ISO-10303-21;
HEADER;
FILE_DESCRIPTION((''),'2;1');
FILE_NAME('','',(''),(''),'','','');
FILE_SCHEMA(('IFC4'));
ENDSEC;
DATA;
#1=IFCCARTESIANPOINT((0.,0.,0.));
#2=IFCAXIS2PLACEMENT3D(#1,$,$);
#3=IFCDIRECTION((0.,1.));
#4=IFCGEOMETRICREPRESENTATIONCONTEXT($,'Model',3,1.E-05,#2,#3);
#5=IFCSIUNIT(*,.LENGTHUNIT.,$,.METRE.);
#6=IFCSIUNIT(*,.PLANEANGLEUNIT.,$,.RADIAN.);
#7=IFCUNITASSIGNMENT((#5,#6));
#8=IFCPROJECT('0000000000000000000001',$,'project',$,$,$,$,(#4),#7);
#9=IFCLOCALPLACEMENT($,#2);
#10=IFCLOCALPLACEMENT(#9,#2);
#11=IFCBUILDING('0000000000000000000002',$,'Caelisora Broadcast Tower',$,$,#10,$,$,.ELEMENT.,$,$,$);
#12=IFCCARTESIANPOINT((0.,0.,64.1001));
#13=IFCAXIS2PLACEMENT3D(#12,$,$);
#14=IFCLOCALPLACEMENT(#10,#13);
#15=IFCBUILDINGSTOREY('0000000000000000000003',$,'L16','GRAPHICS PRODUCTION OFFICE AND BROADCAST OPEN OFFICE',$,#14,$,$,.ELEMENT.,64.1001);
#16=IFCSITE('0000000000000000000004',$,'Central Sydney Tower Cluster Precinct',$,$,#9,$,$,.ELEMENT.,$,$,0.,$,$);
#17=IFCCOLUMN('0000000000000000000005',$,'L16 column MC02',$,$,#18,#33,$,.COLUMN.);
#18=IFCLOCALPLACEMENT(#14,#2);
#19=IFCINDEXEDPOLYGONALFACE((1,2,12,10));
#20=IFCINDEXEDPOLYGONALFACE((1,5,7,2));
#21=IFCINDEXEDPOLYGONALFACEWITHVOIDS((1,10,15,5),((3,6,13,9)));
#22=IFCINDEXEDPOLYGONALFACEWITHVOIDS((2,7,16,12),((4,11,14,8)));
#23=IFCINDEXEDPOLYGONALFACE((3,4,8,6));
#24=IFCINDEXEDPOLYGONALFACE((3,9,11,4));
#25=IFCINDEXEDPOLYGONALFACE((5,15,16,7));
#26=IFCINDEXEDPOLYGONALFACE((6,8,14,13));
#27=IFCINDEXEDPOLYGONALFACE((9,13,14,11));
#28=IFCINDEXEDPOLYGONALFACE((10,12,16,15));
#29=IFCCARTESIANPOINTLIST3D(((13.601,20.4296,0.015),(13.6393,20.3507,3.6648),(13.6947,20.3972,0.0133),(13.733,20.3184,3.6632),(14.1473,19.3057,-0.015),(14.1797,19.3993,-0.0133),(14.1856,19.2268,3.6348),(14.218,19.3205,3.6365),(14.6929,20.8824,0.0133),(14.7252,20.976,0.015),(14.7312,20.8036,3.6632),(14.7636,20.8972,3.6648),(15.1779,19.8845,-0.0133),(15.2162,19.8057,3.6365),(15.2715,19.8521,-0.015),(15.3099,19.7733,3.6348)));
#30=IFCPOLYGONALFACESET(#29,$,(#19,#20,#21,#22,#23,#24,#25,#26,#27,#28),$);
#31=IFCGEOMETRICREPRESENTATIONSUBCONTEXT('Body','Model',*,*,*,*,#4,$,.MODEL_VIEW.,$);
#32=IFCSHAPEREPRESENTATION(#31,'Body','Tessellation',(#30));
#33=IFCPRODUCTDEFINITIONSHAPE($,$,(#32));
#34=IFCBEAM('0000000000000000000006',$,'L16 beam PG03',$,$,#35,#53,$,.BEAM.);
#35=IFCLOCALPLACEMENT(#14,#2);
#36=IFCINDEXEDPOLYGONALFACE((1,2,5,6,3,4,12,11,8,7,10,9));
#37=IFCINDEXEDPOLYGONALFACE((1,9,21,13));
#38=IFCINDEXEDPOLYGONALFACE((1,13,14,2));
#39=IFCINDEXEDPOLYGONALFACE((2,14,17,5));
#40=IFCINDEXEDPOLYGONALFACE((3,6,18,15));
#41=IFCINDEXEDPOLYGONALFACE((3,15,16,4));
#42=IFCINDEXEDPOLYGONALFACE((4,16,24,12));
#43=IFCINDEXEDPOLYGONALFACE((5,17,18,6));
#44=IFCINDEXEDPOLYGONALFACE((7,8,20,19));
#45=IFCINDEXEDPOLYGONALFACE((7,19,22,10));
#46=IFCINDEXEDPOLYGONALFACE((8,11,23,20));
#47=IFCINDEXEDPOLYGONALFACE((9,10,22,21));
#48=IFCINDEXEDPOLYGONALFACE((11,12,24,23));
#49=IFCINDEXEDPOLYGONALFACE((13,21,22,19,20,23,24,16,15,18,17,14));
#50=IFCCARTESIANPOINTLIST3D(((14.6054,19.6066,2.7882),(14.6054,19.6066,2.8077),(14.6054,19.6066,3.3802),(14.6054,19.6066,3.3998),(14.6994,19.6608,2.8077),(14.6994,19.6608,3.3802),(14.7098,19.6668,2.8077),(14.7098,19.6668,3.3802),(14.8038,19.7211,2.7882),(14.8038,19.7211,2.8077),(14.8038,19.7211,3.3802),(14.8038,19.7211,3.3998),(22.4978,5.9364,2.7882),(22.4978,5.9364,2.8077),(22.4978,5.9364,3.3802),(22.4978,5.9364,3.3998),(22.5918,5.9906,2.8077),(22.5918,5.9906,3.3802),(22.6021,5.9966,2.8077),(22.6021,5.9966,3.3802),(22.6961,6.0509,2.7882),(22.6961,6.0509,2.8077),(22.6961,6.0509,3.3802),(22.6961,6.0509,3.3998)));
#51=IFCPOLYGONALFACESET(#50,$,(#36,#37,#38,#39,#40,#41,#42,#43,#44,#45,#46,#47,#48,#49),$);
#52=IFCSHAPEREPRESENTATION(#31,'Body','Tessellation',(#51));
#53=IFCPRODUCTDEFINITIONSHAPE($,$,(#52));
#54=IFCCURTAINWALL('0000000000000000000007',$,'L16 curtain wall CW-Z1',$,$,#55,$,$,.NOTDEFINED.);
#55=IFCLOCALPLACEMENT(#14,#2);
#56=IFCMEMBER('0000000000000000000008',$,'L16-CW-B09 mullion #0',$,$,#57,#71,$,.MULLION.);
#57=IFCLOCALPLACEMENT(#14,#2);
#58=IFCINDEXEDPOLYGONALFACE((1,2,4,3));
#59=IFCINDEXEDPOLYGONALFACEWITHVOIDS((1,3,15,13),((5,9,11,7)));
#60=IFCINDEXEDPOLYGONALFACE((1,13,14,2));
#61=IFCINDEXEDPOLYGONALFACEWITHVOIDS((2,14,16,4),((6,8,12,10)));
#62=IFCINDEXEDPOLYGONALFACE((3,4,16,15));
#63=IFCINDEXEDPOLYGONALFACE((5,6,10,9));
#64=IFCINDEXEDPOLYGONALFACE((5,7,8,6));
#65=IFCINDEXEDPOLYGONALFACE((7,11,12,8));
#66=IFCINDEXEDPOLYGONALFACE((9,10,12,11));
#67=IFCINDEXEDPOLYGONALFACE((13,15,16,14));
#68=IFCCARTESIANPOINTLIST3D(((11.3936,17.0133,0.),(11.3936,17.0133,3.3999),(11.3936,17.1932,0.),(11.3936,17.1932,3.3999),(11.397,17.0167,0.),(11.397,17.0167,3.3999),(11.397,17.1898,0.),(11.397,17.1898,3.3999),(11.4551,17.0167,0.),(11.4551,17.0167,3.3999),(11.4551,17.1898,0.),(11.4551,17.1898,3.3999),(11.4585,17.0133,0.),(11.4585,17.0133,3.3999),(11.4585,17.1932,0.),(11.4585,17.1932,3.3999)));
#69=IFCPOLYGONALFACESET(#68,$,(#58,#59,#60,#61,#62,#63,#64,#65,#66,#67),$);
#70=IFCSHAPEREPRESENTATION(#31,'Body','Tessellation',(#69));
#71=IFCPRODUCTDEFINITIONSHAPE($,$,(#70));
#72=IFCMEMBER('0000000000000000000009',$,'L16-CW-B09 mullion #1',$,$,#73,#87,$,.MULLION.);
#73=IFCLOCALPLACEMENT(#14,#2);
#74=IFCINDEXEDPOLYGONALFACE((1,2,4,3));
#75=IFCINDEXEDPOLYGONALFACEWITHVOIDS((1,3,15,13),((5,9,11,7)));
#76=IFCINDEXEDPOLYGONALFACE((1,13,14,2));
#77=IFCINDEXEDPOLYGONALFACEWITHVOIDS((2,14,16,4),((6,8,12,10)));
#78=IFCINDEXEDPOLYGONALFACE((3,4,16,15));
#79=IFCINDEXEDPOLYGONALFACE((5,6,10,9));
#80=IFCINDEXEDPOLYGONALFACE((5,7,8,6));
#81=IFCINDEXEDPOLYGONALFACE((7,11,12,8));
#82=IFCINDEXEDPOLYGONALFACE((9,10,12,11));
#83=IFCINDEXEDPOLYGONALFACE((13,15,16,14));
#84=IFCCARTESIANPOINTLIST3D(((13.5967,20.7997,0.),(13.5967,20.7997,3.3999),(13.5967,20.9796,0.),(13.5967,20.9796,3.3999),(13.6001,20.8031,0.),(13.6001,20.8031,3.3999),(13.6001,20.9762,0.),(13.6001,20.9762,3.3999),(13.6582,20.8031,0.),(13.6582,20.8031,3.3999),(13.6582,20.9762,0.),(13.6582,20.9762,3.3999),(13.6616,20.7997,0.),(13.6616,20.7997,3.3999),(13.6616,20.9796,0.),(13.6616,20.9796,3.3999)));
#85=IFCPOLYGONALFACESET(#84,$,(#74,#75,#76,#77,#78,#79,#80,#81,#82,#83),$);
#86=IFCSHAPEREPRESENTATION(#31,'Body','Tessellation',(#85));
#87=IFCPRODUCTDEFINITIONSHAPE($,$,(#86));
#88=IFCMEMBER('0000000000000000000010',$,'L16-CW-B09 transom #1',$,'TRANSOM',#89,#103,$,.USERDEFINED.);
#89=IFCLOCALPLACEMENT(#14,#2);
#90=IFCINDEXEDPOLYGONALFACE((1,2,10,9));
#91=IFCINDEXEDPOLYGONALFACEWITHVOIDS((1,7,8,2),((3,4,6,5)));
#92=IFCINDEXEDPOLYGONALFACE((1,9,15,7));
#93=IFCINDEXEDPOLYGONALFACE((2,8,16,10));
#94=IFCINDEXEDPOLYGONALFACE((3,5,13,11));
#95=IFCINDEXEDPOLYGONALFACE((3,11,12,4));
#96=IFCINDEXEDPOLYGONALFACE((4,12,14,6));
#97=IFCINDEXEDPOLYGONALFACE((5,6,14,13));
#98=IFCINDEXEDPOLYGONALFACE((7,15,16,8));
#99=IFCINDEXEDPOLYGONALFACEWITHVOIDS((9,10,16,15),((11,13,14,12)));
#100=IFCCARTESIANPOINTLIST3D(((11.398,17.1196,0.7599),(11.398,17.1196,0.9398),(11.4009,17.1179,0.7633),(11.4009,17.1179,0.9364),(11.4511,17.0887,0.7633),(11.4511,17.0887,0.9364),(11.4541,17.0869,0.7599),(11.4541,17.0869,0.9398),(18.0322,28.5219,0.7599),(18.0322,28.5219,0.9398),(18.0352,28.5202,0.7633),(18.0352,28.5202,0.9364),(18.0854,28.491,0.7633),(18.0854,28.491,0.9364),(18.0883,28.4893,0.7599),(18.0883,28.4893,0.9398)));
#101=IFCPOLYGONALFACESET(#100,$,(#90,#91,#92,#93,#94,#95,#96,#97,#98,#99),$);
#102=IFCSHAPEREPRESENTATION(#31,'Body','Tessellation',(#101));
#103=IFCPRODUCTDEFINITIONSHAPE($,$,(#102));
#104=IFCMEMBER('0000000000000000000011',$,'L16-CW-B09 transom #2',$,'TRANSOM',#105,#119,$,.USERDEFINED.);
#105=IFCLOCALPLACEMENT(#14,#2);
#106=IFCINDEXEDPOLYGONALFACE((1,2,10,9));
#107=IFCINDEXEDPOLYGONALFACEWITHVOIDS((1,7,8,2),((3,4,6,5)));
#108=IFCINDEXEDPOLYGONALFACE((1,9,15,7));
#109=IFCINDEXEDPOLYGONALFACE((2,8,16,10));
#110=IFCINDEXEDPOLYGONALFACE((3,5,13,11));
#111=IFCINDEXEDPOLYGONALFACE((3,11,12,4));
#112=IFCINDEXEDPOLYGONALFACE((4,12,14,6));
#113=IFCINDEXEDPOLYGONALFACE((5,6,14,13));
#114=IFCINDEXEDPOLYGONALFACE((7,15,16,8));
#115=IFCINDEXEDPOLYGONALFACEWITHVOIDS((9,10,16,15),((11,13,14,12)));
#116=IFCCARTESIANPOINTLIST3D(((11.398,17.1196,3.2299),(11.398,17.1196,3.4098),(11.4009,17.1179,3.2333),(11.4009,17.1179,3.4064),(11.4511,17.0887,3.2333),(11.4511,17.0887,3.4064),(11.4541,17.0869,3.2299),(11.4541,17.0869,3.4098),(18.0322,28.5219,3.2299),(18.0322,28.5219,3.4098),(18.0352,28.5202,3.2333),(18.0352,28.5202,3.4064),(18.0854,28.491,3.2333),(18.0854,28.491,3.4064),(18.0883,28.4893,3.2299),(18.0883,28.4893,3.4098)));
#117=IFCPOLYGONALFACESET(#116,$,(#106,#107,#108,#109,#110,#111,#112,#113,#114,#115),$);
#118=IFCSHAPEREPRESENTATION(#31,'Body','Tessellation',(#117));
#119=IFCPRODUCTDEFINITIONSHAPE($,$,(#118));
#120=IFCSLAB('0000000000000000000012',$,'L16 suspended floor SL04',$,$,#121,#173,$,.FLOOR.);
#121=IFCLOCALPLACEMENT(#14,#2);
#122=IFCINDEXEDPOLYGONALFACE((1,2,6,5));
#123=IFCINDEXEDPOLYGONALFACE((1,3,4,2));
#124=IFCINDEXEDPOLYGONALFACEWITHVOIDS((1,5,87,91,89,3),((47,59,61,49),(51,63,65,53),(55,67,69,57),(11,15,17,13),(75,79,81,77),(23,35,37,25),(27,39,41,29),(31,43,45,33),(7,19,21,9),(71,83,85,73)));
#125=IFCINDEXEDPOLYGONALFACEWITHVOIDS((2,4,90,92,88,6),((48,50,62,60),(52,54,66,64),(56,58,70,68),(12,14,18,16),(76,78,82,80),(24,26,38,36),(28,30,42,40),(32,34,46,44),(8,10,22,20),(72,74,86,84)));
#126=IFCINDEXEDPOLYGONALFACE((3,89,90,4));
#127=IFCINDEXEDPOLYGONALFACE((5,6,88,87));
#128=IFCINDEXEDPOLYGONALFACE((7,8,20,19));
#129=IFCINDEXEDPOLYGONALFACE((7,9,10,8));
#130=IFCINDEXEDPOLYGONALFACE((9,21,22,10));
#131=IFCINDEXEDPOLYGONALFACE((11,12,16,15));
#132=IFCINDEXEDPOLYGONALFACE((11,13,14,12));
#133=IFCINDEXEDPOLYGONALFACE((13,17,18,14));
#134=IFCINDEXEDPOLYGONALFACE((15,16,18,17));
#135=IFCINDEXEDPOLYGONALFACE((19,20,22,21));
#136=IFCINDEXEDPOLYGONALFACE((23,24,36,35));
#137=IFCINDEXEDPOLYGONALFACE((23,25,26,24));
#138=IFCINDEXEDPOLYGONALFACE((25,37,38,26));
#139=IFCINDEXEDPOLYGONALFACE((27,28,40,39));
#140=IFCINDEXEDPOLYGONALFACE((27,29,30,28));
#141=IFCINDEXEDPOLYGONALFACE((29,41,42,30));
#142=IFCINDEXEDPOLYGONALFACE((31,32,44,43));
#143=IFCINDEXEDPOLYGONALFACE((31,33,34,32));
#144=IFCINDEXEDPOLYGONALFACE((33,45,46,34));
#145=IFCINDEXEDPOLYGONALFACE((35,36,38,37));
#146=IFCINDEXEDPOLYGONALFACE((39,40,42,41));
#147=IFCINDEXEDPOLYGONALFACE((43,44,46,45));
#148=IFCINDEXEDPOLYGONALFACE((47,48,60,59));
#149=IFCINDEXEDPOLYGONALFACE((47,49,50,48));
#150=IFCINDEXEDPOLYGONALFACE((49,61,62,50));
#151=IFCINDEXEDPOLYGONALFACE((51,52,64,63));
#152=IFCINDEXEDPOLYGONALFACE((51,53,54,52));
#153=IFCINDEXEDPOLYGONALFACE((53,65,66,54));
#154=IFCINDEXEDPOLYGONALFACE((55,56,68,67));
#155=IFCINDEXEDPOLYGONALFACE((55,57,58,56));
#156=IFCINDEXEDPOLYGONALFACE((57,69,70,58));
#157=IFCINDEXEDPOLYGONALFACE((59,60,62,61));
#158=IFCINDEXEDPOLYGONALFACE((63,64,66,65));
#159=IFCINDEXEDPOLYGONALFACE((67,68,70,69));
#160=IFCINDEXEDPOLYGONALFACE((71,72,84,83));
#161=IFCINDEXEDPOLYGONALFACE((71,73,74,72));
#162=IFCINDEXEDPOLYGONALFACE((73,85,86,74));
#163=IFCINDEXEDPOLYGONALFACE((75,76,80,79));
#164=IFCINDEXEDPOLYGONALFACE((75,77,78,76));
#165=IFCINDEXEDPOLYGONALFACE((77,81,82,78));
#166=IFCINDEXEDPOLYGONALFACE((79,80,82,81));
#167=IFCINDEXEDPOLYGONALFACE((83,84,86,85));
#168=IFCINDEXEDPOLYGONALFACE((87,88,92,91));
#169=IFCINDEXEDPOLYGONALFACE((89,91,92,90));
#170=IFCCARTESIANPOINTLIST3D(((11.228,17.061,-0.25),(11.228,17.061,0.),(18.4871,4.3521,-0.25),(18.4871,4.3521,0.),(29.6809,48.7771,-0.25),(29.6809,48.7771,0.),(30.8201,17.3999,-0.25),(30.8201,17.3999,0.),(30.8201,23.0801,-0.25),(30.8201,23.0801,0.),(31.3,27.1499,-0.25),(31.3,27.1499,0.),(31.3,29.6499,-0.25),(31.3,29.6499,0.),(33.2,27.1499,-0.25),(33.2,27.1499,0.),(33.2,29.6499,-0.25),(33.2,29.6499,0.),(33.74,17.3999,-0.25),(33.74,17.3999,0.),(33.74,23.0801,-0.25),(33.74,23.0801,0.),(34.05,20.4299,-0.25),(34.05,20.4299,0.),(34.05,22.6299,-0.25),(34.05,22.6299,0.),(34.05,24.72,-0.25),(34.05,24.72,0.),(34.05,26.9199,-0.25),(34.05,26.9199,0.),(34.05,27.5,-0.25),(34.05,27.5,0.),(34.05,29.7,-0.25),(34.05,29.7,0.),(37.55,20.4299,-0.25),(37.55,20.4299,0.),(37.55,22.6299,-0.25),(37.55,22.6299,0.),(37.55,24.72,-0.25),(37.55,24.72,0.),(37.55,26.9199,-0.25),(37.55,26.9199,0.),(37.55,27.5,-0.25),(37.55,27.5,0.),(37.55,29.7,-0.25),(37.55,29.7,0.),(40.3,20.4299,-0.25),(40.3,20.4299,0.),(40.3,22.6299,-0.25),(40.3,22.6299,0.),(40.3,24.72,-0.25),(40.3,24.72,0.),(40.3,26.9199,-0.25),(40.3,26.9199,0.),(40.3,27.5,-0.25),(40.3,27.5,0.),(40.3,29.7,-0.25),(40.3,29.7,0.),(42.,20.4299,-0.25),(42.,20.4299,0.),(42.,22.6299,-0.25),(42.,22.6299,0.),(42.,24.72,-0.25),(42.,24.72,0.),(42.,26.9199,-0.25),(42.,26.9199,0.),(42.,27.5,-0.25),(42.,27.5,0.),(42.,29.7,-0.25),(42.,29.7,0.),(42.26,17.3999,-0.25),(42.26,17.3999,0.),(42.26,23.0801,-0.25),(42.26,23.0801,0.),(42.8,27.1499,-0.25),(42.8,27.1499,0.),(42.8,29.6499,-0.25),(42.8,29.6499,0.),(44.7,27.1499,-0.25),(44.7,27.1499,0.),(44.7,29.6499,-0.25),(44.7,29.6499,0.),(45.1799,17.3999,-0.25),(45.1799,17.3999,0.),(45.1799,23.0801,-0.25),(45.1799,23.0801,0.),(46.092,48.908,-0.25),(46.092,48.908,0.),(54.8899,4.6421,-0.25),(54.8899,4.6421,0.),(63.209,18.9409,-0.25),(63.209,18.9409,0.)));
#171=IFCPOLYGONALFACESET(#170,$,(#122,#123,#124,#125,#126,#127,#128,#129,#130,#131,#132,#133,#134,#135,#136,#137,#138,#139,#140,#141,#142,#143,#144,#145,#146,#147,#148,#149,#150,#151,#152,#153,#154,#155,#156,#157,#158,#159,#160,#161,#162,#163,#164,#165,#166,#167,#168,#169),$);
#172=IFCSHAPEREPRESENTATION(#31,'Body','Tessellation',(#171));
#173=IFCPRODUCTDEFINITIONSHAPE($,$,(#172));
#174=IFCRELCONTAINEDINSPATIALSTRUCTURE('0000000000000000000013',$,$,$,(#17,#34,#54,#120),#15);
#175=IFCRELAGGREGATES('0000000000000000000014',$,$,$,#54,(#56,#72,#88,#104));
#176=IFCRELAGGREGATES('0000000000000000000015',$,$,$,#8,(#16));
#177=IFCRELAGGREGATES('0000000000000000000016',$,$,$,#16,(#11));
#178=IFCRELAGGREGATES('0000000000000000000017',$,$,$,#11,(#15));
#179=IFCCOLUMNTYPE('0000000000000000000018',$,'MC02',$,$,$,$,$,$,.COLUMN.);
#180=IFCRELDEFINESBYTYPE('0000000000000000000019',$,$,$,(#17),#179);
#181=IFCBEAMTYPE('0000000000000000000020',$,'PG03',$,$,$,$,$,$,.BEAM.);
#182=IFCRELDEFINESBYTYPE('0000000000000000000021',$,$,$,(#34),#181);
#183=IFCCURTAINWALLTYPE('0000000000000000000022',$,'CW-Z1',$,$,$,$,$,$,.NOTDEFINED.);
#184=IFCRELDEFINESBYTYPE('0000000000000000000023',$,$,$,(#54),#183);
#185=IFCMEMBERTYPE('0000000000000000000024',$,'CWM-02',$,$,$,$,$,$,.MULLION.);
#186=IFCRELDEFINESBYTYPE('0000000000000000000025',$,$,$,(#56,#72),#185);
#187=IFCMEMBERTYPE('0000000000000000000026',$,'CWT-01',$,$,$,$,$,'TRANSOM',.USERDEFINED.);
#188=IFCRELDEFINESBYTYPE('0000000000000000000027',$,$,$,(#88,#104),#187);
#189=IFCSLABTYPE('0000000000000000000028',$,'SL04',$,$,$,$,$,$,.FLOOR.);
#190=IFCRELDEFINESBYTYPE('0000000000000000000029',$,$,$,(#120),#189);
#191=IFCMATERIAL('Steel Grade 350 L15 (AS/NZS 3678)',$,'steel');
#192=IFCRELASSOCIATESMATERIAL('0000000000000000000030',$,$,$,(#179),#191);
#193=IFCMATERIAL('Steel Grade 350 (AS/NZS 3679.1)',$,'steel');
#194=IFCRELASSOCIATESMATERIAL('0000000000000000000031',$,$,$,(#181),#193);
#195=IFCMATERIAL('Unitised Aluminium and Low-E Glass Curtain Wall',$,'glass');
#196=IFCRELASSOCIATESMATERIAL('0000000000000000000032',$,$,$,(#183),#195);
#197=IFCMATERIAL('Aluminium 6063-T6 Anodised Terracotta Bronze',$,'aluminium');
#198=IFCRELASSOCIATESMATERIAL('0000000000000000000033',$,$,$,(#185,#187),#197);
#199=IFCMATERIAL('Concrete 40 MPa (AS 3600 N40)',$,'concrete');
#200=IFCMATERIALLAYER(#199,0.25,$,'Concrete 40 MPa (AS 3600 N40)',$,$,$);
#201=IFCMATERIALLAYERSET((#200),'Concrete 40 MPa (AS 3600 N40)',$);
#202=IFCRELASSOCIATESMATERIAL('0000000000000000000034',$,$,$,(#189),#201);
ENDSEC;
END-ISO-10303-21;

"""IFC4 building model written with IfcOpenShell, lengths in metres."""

from ifc_helpers import new_model, si_unit, direction, frame, origin, origin_2d, place, context, subcontext, project, spatial, polyline, hollow_rectangle, i_section, outline, extrude, source, transform, mapped, material, layer, layer_set, material_profile, profile_set, type_object, type_shapes, element, aggregate, save


model = new_model("IFC4")

# Units and contexts
model_context = context("Model", 3, precision=1e-05, world=origin(), true_north=direction((0.0, 1.0)))
body_context = subcontext(model_context, "Body", "Model", "MODEL_VIEW")
ifc_project = project(units=[si_unit("LENGTHUNIT", "METRE"), si_unit("PLANEANGLEUNIT", "RADIAN")], contexts=[model_context])

# Site, building, storey
site_placement = place(None, origin())
site = spatial("IfcSite", under=ifc_project, at=site_placement, Name="Central Sydney Tower Cluster Precinct", CompositionType="ELEMENT", RefElevation=0.0)
building_placement = place(site_placement, origin())
building = spatial("IfcBuilding", under=site, at=building_placement, Name="Caelisora Broadcast Tower", CompositionType="ELEMENT")
storey_placement = place(building_placement, frame((0.0, 0.0, 64.1001)))
storey = spatial("IfcBuildingStorey", under=building, at=storey_placement, Name="L16", Description="GRAPHICS PRODUCTION OFFICE AND BROADCAST OPEN OFFICE", CompositionType="ELEMENT", Elevation=64.1001)

# Column
ifc_material_1 = material(Name="Steel Grade 350 L15 (AS/NZS 3678)", Category="steel")
ifc_material_profile_1 = material_profile(ifc_material_1, hollow_rectangle(XDim=1.25, YDim=1.25, WallThickness=0.0701, at=origin_2d()), Name="Steel Grade 350 L15 (AS/NZS 3678)")
ifc_profile_set_1 = profile_set([ifc_material_profile_1], Name="Steel Grade 350 L15 (AS/NZS 3678)")
column_type = type_object("IfcColumnType", Name="MC02", PredefinedType="COLUMN", material=ifc_profile_set_1)
shared_shape_1 = source(origin(), body_context, "Body", "SweptSolid", [
    extrude(hollow_rectangle(XDim=1.25, YDim=1.25, WallThickness=0.0701, at=origin_2d()), origin(), (0.0, 0.0, 1.0), 3.6509),
])
type_shapes(column_type, [shared_shape_1])
column_placement = place(storey_placement, frame((14.4363, 20.1409, 0.0), z_axis=(0.010499, -0.021599, 0.999712), x_axis=(0.899383, 0.437161, 0.0)))
element("IfcColumn", 1, at=column_placement, inside=storey, type_object=column_type, Name="L16 column MC02", PredefinedType="COLUMN", context=body_context, shape_type="MappedRepresentation", body=[
    mapped(shared_shape_1, transform((0.0, 0.0, 0.0), scale=1.0)),
])

# Beam
ifc_material_2 = material(Name="Steel Grade 350 (AS/NZS 3679.1)", Category="steel")
ifc_material_profile_2 = material_profile(ifc_material_2, i_section(OverallWidth=0.229, OverallDepth=0.6116, WebThickness=0.012, FlangeThickness=0.0195, at=origin_2d()), Name="Steel Grade 350 (AS/NZS 3679.1)")
ifc_profile_set_2 = profile_set([ifc_material_profile_2], Name="Steel Grade 350 (AS/NZS 3679.1)")
beam_type = type_object("IfcBeamType", Name="PG03", PredefinedType="BEAM", material=ifc_profile_set_2)
shared_shape_2 = source(origin(), body_context, "Body", "SweptSolid", [
    extrude(i_section(OverallWidth=0.229, OverallDepth=0.6116, WebThickness=0.012, FlangeThickness=0.0195, at=origin_2d()), origin(), (0.0, 0.0, 1.0), 15.7849),
])
type_shapes(beam_type, [shared_shape_2])
beam_placement = place(storey_placement, frame((14.7046, 19.6638, 3.094), z_axis=(0.499993, -0.866029, 0.0), x_axis=(0.866029, 0.499993, 0.0)))
element("IfcBeam", 2, at=beam_placement, inside=storey, type_object=beam_type, Name="L16 beam PG03", PredefinedType="BEAM", context=body_context, shape_type="MappedRepresentation", body=[
    mapped(shared_shape_2, transform((0.0, 0.0, 0.0), scale=1.0)),
])

# Curtain wall, members
ifc_material_3 = material(Name="Unitised Aluminium and Low-E Glass Curtain Wall", Category="glass")
curtain_wall_type = type_object("IfcCurtainWallType", Name="CW-Z1", PredefinedType="NOTDEFINED", material=ifc_material_3)
curtain_wall_placement = place(storey_placement, origin())
curtain_wall = element("IfcCurtainWall", 3, at=curtain_wall_placement, inside=storey, type_object=curtain_wall_type, Name="L16 curtain wall CW-Z1", PredefinedType="NOTDEFINED")
ifc_material_4 = material(Name="Aluminium 6063-T6 Anodised Terracotta Bronze", Category="aluminium")
ifc_material_profile_3 = material_profile(ifc_material_4, hollow_rectangle(XDim=0.0649, YDim=0.1799, WallThickness=0.0034, at=origin_2d()), Name="Aluminium 6063-T6 Anodised Terracotta Bronze")
ifc_profile_set_3 = profile_set([ifc_material_profile_3], Name="Aluminium 6063-T6 Anodised Terracotta Bronze")
member_type_1 = type_object("IfcMemberType", Name="CWM-02", PredefinedType="MULLION", material=ifc_profile_set_3)
shared_shape_3 = source(origin(), body_context, "Body", "SweptSolid", [
    extrude(hollow_rectangle(XDim=0.0649, YDim=0.1799, WallThickness=0.0034, at=origin_2d()), origin(), (0.0, 0.0, 1.0), 3.3999),
])
type_shapes(member_type_1, [shared_shape_3])
member_1_placement = place(storey_placement, frame((11.426, 17.1033, 0.0), z_axis=(0.0, 0.0, 1.0), x_axis=(1.0, 0.0, 0.0)))
member_1 = element("IfcMember", 4, at=member_1_placement, type_object=member_type_1, Name="L16-CW-B09 mullion #0", PredefinedType="MULLION", context=body_context, shape_type="MappedRepresentation", body=[
    mapped(shared_shape_3, transform((0.0, 0.0, 0.0), scale=1.0)),
])
member_2_placement = place(storey_placement, frame((13.6292, 20.8896, 0.0), z_axis=(0.0, 0.0, 1.0), x_axis=(1.0, 0.0, 0.0)))
member_2 = element("IfcMember", 5, at=member_2_placement, type_object=member_type_1, Name="L16-CW-B09 mullion #1", PredefinedType="MULLION", context=body_context, shape_type="MappedRepresentation", body=[
    mapped(shared_shape_3, transform((0.0, 0.0, 0.0), scale=1.0)),
])
ifc_material_profile_4 = material_profile(ifc_material_4, hollow_rectangle(XDim=0.0649, YDim=0.1799, WallThickness=0.0034, at=origin_2d()), Name="Aluminium 6063-T6 Anodised Terracotta Bronze")
ifc_profile_set_4 = profile_set([ifc_material_profile_4], Name="Aluminium 6063-T6 Anodised Terracotta Bronze")
member_type_2 = type_object("IfcMemberType", Name="CWT-01", ElementType="TRANSOM", PredefinedType="USERDEFINED", material=ifc_profile_set_4)
shared_shape_4 = source(origin(), body_context, "Body", "SweptSolid", [
    extrude(hollow_rectangle(XDim=0.0649, YDim=0.1799, WallThickness=0.0034, at=origin_2d()), origin(), (0.0, 0.0, 1.0), 13.1919),
])
type_shapes(member_type_2, [shared_shape_4])
member_3_placement = place(storey_placement, frame((11.426, 17.1033, 0.8499), z_axis=(0.502904, 0.864342, 0.0), x_axis=(-0.864342, 0.502904, 0.0)))
member_3 = element("IfcMember", 6, at=member_3_placement, type_object=member_type_2, Name="L16-CW-B09 transom #1", ObjectType="TRANSOM", PredefinedType="USERDEFINED", context=body_context, shape_type="MappedRepresentation", body=[
    mapped(shared_shape_4, transform((0.0, 0.0, 0.0), scale=1.0)),
])
member_4_placement = place(storey_placement, frame((11.426, 17.1033, 3.3198), z_axis=(0.502904, 0.864342, 0.0), x_axis=(-0.864342, 0.502904, 0.0)))
member_4 = element("IfcMember", 7, at=member_4_placement, type_object=member_type_2, Name="L16-CW-B09 transom #2", ObjectType="TRANSOM", PredefinedType="USERDEFINED", context=body_context, shape_type="MappedRepresentation", body=[
    mapped(shared_shape_4, transform((0.0, 0.0, 0.0), scale=1.0)),
])

# Slab
ifc_material_5 = material(Name="Concrete 40 MPa (AS 3600 N40)", Category="concrete")
ifc_layer_1 = layer(ifc_material_5, 0.25, Name="Concrete 40 MPa (AS 3600 N40)")
ifc_layer_set_1 = layer_set([ifc_layer_1], Name="Concrete 40 MPa (AS 3600 N40)")
slab_type_1 = type_object("IfcSlabType", Name="SL04", PredefinedType="FLOOR", material=ifc_layer_set_1)
slab_1_placement = place(storey_placement, frame((0.0, 0.0, -0.25)))
element("IfcSlab", 8, at=slab_1_placement, inside=storey, type_object=slab_type_1, Name="L16 suspended floor SL04", PredefinedType="FLOOR", context=body_context, shape_type="SweptSolid", body=[
    extrude(outline(polyline([(46.092, 48.908), (29.6809, 48.7771), (11.228, 17.061), (18.4871, 4.3521), (54.8899, 4.6421), (63.209, 18.9409), (46.092, 48.908)]), holes=[polyline([(30.8201, 17.3999), (33.74, 17.3999), (33.74, 23.0801), (30.8201, 23.0801), (30.8201, 17.3999)]), polyline([(42.26, 17.3999), (45.1799, 17.3999), (45.1799, 23.0801), (42.26, 23.0801), (42.26, 17.3999)]), polyline([(42.8, 27.1499), (44.7, 27.1499), (44.7, 29.6499), (42.8, 29.6499), (42.8, 27.1499)]), polyline([(40.3, 20.4299), (42.0, 20.4299), (42.0, 22.6299), (40.3, 22.6299), (40.3, 20.4299)]), polyline([(40.3, 24.72), (42.0, 24.72), (42.0, 26.9199), (40.3, 26.9199), (40.3, 24.72)]), polyline([(40.3, 27.5), (42.0, 27.5), (42.0, 29.7), (40.3, 29.7), (40.3, 27.5)]), polyline([(34.05, 20.4299), (37.55, 20.4299), (37.55, 22.6299), (34.05, 22.6299), (34.05, 20.4299)]), polyline([(34.05, 24.72), (37.55, 24.72), (37.55, 26.9199), (34.05, 26.9199), (34.05, 24.72)]), polyline([(34.05, 27.5), (37.55, 27.5), (37.55, 29.7), (34.05, 29.7), (34.05, 27.5)]), polyline([(31.3, 27.1499), (33.2, 27.1499), (33.2, 29.6499), (31.3, 29.6499), (31.3, 27.1499)])]), origin(), (0.0, 0.0, 1.0), 0.25),
])

aggregate(curtain_wall, [member_1, member_2, member_3, member_4])

save(model, "model.ifc")
